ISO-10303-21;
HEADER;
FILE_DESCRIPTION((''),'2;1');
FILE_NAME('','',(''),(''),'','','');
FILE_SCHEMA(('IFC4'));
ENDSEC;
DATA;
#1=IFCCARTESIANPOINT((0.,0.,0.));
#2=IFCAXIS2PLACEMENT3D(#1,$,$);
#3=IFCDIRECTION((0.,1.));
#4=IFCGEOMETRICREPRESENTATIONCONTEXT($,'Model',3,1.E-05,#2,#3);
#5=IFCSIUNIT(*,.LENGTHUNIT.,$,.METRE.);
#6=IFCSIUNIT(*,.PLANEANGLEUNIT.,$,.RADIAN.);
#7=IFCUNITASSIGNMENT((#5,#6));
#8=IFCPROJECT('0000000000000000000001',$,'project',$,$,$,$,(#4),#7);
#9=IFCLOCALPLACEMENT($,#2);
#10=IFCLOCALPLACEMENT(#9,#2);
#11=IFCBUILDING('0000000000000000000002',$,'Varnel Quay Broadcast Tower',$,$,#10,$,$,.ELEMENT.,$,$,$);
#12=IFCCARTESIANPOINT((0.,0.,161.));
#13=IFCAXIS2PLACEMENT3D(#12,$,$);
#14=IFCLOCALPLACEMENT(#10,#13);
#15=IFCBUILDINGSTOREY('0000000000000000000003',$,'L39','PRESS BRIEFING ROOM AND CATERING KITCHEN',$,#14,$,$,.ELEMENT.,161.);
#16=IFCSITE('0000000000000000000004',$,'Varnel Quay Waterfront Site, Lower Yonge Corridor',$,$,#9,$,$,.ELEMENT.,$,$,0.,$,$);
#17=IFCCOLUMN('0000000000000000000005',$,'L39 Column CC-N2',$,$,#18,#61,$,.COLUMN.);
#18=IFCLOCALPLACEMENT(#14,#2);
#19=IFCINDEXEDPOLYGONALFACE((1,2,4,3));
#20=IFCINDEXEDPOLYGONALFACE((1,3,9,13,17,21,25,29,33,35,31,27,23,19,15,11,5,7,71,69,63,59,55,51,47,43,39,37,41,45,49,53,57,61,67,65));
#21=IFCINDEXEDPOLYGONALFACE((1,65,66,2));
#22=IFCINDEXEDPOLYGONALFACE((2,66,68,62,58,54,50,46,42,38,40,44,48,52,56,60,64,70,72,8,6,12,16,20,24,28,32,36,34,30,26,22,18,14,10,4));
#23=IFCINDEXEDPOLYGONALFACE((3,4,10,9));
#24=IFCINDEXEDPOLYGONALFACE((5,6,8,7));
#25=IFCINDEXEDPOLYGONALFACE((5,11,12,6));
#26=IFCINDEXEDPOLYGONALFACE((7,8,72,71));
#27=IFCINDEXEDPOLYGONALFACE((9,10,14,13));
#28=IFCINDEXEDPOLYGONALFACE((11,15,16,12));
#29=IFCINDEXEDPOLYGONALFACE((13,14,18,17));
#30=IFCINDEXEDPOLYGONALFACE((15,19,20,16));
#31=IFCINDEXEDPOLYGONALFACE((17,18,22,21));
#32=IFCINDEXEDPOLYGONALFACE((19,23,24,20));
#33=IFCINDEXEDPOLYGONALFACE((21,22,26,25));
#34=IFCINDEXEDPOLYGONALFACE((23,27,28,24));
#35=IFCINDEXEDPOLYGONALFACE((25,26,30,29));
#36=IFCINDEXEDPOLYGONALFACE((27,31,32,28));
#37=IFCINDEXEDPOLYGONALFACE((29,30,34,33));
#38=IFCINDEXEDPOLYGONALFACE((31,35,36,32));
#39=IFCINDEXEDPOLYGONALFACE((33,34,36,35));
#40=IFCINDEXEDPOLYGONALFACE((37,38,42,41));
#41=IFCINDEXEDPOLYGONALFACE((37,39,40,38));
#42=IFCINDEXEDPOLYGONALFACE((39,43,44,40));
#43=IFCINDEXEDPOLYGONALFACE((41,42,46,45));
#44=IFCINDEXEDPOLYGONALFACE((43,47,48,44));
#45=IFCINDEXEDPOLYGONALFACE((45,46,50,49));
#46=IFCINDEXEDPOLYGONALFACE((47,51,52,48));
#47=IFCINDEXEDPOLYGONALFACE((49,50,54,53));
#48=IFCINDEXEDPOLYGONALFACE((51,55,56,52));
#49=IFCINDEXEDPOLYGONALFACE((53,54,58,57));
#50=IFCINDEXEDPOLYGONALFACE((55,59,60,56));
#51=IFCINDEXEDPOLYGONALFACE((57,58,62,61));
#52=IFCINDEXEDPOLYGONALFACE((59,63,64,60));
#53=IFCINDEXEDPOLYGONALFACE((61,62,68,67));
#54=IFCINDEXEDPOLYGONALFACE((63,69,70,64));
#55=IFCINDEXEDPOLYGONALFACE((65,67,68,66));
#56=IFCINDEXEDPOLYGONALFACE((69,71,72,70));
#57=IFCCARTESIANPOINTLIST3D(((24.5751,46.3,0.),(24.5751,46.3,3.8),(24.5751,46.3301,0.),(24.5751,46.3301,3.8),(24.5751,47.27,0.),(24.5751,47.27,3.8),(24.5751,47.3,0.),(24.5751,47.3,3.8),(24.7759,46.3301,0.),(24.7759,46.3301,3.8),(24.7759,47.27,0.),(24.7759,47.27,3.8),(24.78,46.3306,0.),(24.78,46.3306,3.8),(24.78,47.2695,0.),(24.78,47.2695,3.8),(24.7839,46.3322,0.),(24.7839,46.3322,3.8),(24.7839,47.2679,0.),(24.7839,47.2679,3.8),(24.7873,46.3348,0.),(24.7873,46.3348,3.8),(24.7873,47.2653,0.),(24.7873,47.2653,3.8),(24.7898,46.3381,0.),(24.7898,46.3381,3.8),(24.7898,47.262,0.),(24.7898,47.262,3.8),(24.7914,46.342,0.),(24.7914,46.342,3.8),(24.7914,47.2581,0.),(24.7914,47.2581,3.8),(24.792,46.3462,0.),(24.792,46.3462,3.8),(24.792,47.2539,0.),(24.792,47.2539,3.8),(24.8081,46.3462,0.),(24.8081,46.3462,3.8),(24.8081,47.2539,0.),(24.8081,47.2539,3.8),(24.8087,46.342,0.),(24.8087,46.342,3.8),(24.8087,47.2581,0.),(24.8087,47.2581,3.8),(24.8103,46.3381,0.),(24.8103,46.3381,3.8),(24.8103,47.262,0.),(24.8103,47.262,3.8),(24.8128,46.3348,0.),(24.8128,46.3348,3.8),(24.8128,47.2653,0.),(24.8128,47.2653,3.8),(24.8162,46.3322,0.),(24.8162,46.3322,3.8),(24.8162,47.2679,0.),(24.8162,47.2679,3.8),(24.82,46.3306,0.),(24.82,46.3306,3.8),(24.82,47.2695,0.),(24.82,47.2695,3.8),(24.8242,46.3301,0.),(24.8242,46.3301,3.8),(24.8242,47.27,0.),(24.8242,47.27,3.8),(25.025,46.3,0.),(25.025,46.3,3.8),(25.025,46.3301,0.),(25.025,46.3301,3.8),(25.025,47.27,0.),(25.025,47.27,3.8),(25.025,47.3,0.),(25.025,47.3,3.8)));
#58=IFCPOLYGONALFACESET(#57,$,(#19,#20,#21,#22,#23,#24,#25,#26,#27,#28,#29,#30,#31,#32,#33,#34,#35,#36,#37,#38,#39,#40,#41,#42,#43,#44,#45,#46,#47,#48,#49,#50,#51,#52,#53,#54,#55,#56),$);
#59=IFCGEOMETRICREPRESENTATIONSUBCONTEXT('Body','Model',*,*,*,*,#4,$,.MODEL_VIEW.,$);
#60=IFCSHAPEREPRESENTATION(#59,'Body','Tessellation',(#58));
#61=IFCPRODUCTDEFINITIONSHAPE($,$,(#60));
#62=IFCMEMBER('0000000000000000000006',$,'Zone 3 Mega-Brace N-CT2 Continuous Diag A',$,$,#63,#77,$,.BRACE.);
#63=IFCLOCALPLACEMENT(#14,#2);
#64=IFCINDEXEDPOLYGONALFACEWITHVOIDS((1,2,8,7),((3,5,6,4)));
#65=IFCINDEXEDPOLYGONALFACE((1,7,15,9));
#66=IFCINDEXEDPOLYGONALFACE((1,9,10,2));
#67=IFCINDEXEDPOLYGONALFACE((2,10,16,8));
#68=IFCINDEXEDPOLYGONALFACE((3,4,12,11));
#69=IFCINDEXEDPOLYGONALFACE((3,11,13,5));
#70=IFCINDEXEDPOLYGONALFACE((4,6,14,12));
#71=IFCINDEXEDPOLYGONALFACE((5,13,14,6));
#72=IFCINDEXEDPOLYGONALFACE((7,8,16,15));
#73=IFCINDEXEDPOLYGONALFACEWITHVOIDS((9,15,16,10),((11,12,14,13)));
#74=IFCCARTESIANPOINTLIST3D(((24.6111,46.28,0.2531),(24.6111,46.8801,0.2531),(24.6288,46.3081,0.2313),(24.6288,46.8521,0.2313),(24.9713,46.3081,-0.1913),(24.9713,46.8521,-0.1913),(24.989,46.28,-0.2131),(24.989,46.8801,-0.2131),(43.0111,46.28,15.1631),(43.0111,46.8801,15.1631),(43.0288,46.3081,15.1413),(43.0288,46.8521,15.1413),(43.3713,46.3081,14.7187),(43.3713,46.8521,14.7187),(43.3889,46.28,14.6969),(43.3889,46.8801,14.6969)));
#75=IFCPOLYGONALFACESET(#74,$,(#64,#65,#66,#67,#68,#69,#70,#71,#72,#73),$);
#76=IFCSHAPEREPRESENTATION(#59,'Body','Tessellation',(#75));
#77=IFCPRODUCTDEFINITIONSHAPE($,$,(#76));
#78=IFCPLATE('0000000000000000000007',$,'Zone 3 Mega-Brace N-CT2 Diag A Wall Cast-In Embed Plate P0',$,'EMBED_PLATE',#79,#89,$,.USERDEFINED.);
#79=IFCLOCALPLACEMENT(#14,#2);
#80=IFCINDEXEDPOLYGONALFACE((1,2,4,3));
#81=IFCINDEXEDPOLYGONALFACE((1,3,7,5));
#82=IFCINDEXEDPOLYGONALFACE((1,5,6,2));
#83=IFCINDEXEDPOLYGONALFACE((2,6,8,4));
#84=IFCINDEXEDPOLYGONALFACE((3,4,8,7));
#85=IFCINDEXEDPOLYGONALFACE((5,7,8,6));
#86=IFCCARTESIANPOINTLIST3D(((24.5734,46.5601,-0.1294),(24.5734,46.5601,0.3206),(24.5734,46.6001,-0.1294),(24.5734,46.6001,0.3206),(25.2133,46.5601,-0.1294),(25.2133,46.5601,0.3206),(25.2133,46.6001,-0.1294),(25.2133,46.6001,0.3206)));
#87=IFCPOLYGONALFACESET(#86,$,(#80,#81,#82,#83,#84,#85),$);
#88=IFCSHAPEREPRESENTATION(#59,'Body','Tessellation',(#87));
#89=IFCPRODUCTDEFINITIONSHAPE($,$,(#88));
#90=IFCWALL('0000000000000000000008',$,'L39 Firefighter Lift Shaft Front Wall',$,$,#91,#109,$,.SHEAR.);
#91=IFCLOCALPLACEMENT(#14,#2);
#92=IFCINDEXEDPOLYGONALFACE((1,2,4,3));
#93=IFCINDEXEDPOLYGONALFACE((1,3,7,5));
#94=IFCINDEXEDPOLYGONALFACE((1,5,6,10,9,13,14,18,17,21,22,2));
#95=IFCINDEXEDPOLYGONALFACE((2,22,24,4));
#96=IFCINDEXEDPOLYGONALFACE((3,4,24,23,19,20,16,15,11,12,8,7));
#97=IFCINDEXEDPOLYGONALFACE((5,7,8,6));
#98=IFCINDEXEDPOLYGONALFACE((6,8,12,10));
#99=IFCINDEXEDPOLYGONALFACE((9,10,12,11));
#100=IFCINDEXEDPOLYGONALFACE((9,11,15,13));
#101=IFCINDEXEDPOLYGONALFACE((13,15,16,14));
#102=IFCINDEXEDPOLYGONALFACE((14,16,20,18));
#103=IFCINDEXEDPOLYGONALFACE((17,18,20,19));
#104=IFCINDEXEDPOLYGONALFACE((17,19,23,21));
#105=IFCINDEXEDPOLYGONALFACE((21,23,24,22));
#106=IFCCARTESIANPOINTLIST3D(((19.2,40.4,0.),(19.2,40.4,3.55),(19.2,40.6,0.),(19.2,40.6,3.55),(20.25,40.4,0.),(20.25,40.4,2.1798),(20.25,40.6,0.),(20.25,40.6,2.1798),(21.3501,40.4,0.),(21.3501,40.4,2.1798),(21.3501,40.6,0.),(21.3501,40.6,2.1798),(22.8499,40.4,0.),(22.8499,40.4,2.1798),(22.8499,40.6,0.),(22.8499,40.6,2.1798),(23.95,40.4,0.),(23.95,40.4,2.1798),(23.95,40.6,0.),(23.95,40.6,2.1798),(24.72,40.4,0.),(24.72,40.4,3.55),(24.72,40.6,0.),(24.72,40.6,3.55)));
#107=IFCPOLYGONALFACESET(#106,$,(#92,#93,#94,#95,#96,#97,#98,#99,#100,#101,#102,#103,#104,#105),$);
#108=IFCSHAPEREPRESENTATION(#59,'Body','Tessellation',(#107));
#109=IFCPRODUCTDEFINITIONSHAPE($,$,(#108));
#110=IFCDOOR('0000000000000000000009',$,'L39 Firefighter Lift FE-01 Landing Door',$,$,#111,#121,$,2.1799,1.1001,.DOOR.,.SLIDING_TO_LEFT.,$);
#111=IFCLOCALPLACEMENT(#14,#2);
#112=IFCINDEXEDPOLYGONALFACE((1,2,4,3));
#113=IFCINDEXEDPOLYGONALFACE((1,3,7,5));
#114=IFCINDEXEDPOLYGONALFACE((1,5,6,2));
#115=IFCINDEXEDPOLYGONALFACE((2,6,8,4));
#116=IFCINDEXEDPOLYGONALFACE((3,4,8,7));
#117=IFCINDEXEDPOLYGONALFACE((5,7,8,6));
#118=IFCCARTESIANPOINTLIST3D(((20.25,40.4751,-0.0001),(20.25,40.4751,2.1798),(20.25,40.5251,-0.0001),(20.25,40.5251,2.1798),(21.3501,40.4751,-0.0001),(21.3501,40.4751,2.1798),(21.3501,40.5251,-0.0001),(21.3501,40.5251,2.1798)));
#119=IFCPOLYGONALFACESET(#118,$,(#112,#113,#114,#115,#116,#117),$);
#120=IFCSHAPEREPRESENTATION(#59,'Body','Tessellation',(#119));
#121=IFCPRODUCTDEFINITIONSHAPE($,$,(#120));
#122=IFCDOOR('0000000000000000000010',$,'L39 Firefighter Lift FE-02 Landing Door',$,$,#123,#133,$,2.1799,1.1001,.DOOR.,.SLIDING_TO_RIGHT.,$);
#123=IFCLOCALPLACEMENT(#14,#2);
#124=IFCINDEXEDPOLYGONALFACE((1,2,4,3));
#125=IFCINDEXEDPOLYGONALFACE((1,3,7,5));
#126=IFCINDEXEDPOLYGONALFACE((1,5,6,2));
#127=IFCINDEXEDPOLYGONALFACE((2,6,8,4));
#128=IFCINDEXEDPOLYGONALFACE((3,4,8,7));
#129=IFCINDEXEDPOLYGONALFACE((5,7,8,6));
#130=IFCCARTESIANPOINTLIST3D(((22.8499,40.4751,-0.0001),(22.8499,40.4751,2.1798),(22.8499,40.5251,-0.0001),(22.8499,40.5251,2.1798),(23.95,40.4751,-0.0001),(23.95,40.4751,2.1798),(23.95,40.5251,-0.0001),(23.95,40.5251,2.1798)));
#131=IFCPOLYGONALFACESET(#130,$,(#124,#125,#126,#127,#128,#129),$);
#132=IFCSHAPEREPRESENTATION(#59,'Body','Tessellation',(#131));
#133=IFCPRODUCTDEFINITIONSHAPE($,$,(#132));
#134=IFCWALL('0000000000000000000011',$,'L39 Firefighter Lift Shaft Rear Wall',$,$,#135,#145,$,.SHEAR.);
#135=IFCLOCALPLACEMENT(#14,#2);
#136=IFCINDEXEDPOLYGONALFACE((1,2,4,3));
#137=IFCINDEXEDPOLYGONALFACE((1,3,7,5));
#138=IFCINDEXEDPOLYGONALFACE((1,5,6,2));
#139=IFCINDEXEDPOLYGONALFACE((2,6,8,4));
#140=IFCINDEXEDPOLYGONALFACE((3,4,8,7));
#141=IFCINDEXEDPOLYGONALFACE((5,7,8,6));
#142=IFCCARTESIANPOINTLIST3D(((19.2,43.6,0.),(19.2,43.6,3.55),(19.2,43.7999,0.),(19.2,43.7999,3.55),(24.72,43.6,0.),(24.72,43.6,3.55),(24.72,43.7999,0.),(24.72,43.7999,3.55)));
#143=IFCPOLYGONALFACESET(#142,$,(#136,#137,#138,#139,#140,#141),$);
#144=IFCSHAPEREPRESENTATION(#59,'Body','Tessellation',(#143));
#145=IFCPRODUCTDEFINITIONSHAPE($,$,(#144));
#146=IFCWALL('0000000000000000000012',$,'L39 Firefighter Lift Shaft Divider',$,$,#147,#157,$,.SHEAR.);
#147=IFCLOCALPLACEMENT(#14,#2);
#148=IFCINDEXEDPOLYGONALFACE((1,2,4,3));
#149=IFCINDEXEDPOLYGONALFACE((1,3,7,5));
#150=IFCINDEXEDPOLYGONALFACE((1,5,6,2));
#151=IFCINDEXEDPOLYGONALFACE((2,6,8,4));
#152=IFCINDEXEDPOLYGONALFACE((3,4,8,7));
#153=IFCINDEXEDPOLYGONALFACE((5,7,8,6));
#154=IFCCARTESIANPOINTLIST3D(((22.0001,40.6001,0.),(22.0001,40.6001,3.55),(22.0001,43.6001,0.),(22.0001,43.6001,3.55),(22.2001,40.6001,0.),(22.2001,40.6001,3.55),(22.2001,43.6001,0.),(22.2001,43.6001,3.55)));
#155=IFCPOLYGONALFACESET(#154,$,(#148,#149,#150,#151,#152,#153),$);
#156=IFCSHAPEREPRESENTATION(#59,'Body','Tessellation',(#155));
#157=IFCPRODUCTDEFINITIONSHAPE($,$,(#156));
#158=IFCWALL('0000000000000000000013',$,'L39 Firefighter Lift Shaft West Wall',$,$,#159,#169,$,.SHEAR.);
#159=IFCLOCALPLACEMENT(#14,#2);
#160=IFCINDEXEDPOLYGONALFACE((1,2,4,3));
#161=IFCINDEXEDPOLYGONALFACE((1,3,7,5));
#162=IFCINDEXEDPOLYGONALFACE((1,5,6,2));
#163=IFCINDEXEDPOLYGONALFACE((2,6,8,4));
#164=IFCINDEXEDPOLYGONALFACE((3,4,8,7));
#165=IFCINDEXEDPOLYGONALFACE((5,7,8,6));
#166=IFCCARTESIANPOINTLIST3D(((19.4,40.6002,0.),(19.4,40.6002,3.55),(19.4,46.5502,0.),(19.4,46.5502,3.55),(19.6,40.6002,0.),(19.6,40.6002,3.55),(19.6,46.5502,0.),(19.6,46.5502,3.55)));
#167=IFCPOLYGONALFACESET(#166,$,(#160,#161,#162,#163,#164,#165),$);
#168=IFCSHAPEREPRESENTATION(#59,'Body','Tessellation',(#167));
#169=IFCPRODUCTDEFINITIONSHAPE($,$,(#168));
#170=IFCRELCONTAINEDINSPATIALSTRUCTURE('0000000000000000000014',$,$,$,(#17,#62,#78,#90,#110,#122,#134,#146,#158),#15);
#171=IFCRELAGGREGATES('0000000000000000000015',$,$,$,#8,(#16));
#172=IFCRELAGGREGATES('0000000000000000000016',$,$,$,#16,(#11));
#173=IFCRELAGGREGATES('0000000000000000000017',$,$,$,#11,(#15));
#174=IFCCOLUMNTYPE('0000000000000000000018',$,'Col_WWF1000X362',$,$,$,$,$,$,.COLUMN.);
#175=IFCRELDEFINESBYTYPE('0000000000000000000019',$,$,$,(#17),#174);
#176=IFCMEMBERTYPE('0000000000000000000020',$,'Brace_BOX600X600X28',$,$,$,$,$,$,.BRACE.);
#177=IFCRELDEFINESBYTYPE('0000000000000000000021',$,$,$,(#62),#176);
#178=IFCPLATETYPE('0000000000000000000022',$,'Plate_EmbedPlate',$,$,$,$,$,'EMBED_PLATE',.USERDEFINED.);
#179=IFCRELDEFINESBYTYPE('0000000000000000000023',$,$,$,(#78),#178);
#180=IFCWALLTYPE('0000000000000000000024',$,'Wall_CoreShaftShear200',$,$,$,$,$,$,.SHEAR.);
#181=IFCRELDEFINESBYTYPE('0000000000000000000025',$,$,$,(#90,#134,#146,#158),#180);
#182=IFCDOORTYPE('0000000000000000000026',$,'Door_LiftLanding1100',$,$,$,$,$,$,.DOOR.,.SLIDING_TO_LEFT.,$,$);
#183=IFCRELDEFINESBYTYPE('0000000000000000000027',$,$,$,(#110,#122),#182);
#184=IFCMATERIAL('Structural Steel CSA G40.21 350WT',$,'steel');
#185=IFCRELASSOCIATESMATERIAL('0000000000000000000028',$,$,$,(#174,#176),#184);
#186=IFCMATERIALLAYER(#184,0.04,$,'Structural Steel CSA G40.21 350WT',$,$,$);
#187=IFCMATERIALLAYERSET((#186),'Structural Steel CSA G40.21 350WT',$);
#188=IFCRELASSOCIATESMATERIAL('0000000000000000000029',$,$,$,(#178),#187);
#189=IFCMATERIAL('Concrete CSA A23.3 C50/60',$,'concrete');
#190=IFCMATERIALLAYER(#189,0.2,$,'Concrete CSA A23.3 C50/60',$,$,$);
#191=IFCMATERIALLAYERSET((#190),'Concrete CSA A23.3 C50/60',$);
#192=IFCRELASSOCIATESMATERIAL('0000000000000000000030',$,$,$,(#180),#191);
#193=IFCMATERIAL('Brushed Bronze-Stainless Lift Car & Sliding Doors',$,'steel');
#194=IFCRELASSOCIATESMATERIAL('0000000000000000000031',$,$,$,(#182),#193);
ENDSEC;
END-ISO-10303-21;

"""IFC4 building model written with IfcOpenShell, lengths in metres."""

from ifc_helpers import new_model, si_unit, direction, frame, frame_2d, origin, origin_2d, place, context, subcontext, project, spatial, rectangle, hollow_rectangle, i_section, extrude, source, transform, mapped, material, layer, layer_set, material_profile, profile_set, type_object, type_shapes, element, fill, save


model = new_model("IFC4")

# Units and contexts
model_context = context("Model", 3, precision=1e-05, world=origin(), true_north=direction((0.0, 1.0)))
body_context = subcontext(model_context, "Body", "Model", "MODEL_VIEW")
ifc_project = project(units=[si_unit("LENGTHUNIT", "METRE"), si_unit("PLANEANGLEUNIT", "RADIAN")], contexts=[model_context])

# Site, building, storey
site_placement = place(None, origin())
site = spatial("IfcSite", under=ifc_project, at=site_placement, Name="Varnel Quay Waterfront Site, Lower Yonge Corridor", CompositionType="ELEMENT", RefElevation=0.0)
building_placement = place(site_placement, origin())
building = spatial("IfcBuilding", under=site, at=building_placement, Name="Varnel Quay Broadcast Tower", CompositionType="ELEMENT")
storey_placement = place(building_placement, frame((0.0, 0.0, 161.0)))
storey = spatial("IfcBuildingStorey", under=building, at=storey_placement, Name="L39", Description="PRESS BRIEFING ROOM AND CATERING KITCHEN", CompositionType="ELEMENT", Elevation=161.0)

# Column
ifc_material_1 = material(Name="Structural Steel CSA G40.21 350WT", Category="steel")
ifc_material_profile_1 = material_profile(ifc_material_1, i_section(OverallWidth=0.45, OverallDepth=1.0, WebThickness=0.0161, FlangeThickness=0.03, FilletRadius=0.0161, at=origin_2d()), Name="WWF1000X362")
ifc_profile_set_1 = profile_set([ifc_material_profile_1], Name="Structural Steel CSA G40.21 350WT")
column_type = type_object("IfcColumnType", Name="Col_WWF1000X362", PredefinedType="COLUMN", material=ifc_profile_set_1)
shared_shape_1 = source(origin(), body_context, "Body", "SweptSolid", [
    extrude(i_section(OverallWidth=0.45, OverallDepth=1.0, WebThickness=0.0161, FlangeThickness=0.03, FilletRadius=0.0161, at=origin_2d()), origin(), (0.0, 0.0, 1.0), 3.8),
])
type_shapes(column_type, [shared_shape_1])
column_placement = place(storey_placement, frame((24.8, 46.8, 0.0), z_axis=(0.0, 0.0, 1.0), x_axis=(1.0, 0.0, 0.0)))
element("IfcColumn", 1, at=column_placement, inside=storey, type_object=column_type, Name="L39 Column CC-N2", PredefinedType="COLUMN", context=body_context, shape_type="MappedRepresentation", body=[
    mapped(shared_shape_1, transform((0.0, 0.0, 0.0), x_axis=(1.0, 0.0, 0.0), y_axis=(0.0, 1.0, 0.0), z_axis=(0.0, 0.0, 1.0), scale=1.0)),
])

# Member
ifc_material_profile_2 = material_profile(ifc_material_1, hollow_rectangle(XDim=0.6001, YDim=0.6001, WallThickness=0.0281, at=origin_2d()), Name="BOX600X600X28")
ifc_profile_set_2 = profile_set([ifc_material_profile_2], Name="Structural Steel CSA G40.21 350WT")
member_type = type_object("IfcMemberType", Name="Brace_BOX600X600X28", PredefinedType="BRACE", material=ifc_profile_set_2)
shared_shape_2 = source(origin(), body_context, "Body", "SweptSolid", [
    extrude(hollow_rectangle(XDim=0.6001, YDim=0.6001, WallThickness=0.0281, at=origin_2d()), origin(), (0.0, 0.0, 1.0), 23.6826),
])
type_shapes(member_type, [shared_shape_2])
member_placement = place(storey_placement, frame((24.8, 46.5801, 0.02), z_axis=(0.77694, 0.0, 0.629574), x_axis=(0.0, 1.0, 0.0)))
element("IfcMember", 2, at=member_placement, inside=storey, type_object=member_type, Name="Zone 3 Mega-Brace N-CT2 Continuous Diag A", PredefinedType="BRACE", context=body_context, shape_type="MappedRepresentation", body=[
    mapped(shared_shape_2, transform((0.0, 0.0, 0.0), x_axis=(1.0, 0.0, 0.0), y_axis=(0.0, 1.0, 0.0), z_axis=(0.0, 0.0, 1.0), scale=1.0)),
])

# Plate
ifc_layer_1 = layer(ifc_material_1, 0.04, Name="Structural Steel CSA G40.21 350WT")
ifc_layer_set_1 = layer_set([ifc_layer_1], Name="Structural Steel CSA G40.21 350WT")
plate_type = type_object("IfcPlateType", Name="Plate_EmbedPlate", ElementType="EMBED_PLATE", PredefinedType="USERDEFINED", material=ifc_layer_set_1)
shared_shape_3 = source(origin(), body_context, "Body", "SweptSolid", [
    extrude(rectangle(XDim=0.6399, YDim=0.04, at=origin_2d()), origin(), (0.0, 0.0, 1.0), 0.45),
])
type_shapes(plate_type, [shared_shape_3])
plate_placement = place(storey_placement, frame((24.8933, 46.5801, -0.1294), z_axis=(0.0, 0.0, 1.0), x_axis=(1.0, 0.0, 0.0)))
element("IfcPlate", 3, at=plate_placement, inside=storey, type_object=plate_type, Name="Zone 3 Mega-Brace N-CT2 Diag A Wall Cast-In Embed Plate P0", ObjectType="EMBED_PLATE", PredefinedType="USERDEFINED", context=body_context, shape_type="MappedRepresentation", body=[
    mapped(shared_shape_3, transform((0.0, 0.0, 0.0), x_axis=(1.0, 0.0, 0.0), y_axis=(0.0, 1.0, 0.0), z_axis=(0.0, 0.0, 1.0), scale=1.0)),
])

# Wall, openings, doors
ifc_material_2 = material(Name="Concrete CSA A23.3 C50/60", Category="concrete")
ifc_layer_2 = layer(ifc_material_2, 0.2, Name="Concrete CSA A23.3 C50/60")
ifc_layer_set_2 = layer_set([ifc_layer_2], Name="Concrete CSA A23.3 C50/60")
wall_type_1 = type_object("IfcWallType", Name="Wall_CoreShaftShear200", PredefinedType="SHEAR", material=ifc_layer_set_2)
wall_1_placement = place(storey_placement, frame((19.2, 40.5, 0.0), z_axis=(0.0, 0.0, 1.0), x_axis=(1.0, 0.0, 0.0)))
wall_1 = element("IfcWall", 4, at=wall_1_placement, inside=storey, type_object=wall_type_1, Name="L39 Firefighter Lift Shaft Front Wall", PredefinedType="SHEAR", context=body_context, shape_type="SweptSolid", body=[
    extrude(rectangle(XDim=5.52, YDim=0.2, at=frame_2d((2.76, 0.0))), origin(), (0.0, 0.0, 1.0), 3.55),
])
opening_1_placement = place(wall_1_placement, frame((1.05, 0.0, 0.0)))
opening_1 = element("IfcOpeningElement", 5, at=opening_1_placement, cuts=wall_1, PredefinedType="OPENING", context=body_context, shape_type="SweptSolid", body=[
    extrude(rectangle(XDim=1.1001, YDim=2.1799, at=frame_2d((0.55, 1.0898))), frame((0.0, 0.1099, 0.0), z_axis=(0.0, -1.0, 0.0), x_axis=(1.0, 0.0, 0.0)), (0.0, 0.0, 1.0), 0.22),
])
opening_2_placement = place(wall_1_placement, frame((3.6499, 0.0, 0.0)))
opening_2 = element("IfcOpeningElement", 6, at=opening_2_placement, cuts=wall_1, PredefinedType="OPENING", context=body_context, shape_type="SweptSolid", body=[
    extrude(rectangle(XDim=1.1001, YDim=2.1799, at=frame_2d((0.55, 1.0898))), frame((0.0, 0.1099, 0.0), z_axis=(0.0, -1.0, 0.0), x_axis=(1.0, 0.0, 0.0)), (0.0, 0.0, 1.0), 0.22),
])
ifc_material_3 = material(Name="Brushed Bronze-Stainless Lift Car & Sliding Doors", Category="steel")
door_type_1 = type_object("IfcDoorType", Name="Door_LiftLanding1100", OperationType="SLIDING_TO_LEFT", PredefinedType="DOOR", material=ifc_material_3)
shared_shape_4 = source(origin(), body_context, "Body", "SweptSolid", [
    extrude(rectangle(XDim=1.1001, YDim=2.1799, at=frame_2d((0.55, 1.0898))), frame((0.0, 0.0249, 0.0), z_axis=(0.0, -1.0, 0.0), x_axis=(1.0, 0.0, 0.0)), (0.0, 0.0, 1.0), 0.05),
])
type_shapes(door_type_1, [shared_shape_4])
door_1_placement = place(opening_1_placement, frame((1.1001, 0.0, 0.0), z_axis=(0.0, 0.0, 1.0), x_axis=(-1.0, 0.0, 0.0)))
door_1 = element("IfcDoor", 7, at=door_1_placement, inside=storey, type_object=door_type_1, Name="L39 Firefighter Lift FE-01 Landing Door", OperationType="SLIDING_TO_LEFT", OverallHeight=2.1799, OverallWidth=1.1001, PredefinedType="DOOR", context=body_context, shape_type="MappedRepresentation", body=[
    mapped(shared_shape_4, transform((0.0, 0.0, 0.0), x_axis=(1.0, 0.0, 0.0), y_axis=(0.0, 1.0, 0.0), z_axis=(0.0, 0.0, 1.0), scale=1.0)),
])
fill(opening_1, door_1)
door_2_placement = place(opening_2_placement, frame((1.1001, 0.0, 0.0), z_axis=(0.0, 0.0, 1.0), x_axis=(-1.0, 0.0, 0.0)))
door_2 = element("IfcDoor", 8, at=door_2_placement, inside=storey, type_object=door_type_1, Name="L39 Firefighter Lift FE-02 Landing Door", OperationType="SLIDING_TO_RIGHT", OverallHeight=2.1799, OverallWidth=1.1001, PredefinedType="DOOR", context=body_context, shape_type="MappedRepresentation", body=[
    mapped(shared_shape_4, transform((0.0, 0.0, 0.0), x_axis=(1.0, 0.0, 0.0), y_axis=(0.0, 1.0, 0.0), z_axis=(0.0, 0.0, 1.0), scale=1.0)),
])
fill(opening_2, door_2)

# Walls
wall_2_placement = place(storey_placement, frame((19.2, 43.7, 0.0), z_axis=(0.0, 0.0, 1.0), x_axis=(1.0, 0.0, 0.0)))
element("IfcWall", 9, at=wall_2_placement, inside=storey, type_object=wall_type_1, Name="L39 Firefighter Lift Shaft Rear Wall", PredefinedType="SHEAR", context=body_context, shape_type="SweptSolid", body=[
    extrude(rectangle(XDim=5.52, YDim=0.2, at=frame_2d((2.76, 0.0))), origin(), (0.0, 0.0, 1.0), 3.55),
])
wall_3_placement = place(storey_placement, frame((22.1001, 40.6001, 0.0), z_axis=(0.0, 0.0, 1.0), x_axis=(0.0, 1.0, 0.0)))
element("IfcWall", 10, at=wall_3_placement, inside=storey, type_object=wall_type_1, Name="L39 Firefighter Lift Shaft Divider", PredefinedType="SHEAR", context=body_context, shape_type="SweptSolid", body=[
    extrude(rectangle(XDim=3.0, YDim=0.2, at=frame_2d((1.5, 0.0))), origin(), (0.0, 0.0, 1.0), 3.55),
])
wall_4_placement = place(storey_placement, frame((19.5, 40.6001, 0.0), z_axis=(0.0, 0.0, 1.0), x_axis=(0.0, 1.0, 0.0)))
element("IfcWall", 11, at=wall_4_placement, inside=storey, type_object=wall_type_1, Name="L39 Firefighter Lift Shaft West Wall", PredefinedType="SHEAR", context=body_context, shape_type="SweptSolid", body=[
    extrude(rectangle(XDim=5.95, YDim=0.2, at=frame_2d((2.9751, 0.0))), origin(), (0.0, 0.0, 1.0), 3.55),
])

save(model, "model.ifc")
